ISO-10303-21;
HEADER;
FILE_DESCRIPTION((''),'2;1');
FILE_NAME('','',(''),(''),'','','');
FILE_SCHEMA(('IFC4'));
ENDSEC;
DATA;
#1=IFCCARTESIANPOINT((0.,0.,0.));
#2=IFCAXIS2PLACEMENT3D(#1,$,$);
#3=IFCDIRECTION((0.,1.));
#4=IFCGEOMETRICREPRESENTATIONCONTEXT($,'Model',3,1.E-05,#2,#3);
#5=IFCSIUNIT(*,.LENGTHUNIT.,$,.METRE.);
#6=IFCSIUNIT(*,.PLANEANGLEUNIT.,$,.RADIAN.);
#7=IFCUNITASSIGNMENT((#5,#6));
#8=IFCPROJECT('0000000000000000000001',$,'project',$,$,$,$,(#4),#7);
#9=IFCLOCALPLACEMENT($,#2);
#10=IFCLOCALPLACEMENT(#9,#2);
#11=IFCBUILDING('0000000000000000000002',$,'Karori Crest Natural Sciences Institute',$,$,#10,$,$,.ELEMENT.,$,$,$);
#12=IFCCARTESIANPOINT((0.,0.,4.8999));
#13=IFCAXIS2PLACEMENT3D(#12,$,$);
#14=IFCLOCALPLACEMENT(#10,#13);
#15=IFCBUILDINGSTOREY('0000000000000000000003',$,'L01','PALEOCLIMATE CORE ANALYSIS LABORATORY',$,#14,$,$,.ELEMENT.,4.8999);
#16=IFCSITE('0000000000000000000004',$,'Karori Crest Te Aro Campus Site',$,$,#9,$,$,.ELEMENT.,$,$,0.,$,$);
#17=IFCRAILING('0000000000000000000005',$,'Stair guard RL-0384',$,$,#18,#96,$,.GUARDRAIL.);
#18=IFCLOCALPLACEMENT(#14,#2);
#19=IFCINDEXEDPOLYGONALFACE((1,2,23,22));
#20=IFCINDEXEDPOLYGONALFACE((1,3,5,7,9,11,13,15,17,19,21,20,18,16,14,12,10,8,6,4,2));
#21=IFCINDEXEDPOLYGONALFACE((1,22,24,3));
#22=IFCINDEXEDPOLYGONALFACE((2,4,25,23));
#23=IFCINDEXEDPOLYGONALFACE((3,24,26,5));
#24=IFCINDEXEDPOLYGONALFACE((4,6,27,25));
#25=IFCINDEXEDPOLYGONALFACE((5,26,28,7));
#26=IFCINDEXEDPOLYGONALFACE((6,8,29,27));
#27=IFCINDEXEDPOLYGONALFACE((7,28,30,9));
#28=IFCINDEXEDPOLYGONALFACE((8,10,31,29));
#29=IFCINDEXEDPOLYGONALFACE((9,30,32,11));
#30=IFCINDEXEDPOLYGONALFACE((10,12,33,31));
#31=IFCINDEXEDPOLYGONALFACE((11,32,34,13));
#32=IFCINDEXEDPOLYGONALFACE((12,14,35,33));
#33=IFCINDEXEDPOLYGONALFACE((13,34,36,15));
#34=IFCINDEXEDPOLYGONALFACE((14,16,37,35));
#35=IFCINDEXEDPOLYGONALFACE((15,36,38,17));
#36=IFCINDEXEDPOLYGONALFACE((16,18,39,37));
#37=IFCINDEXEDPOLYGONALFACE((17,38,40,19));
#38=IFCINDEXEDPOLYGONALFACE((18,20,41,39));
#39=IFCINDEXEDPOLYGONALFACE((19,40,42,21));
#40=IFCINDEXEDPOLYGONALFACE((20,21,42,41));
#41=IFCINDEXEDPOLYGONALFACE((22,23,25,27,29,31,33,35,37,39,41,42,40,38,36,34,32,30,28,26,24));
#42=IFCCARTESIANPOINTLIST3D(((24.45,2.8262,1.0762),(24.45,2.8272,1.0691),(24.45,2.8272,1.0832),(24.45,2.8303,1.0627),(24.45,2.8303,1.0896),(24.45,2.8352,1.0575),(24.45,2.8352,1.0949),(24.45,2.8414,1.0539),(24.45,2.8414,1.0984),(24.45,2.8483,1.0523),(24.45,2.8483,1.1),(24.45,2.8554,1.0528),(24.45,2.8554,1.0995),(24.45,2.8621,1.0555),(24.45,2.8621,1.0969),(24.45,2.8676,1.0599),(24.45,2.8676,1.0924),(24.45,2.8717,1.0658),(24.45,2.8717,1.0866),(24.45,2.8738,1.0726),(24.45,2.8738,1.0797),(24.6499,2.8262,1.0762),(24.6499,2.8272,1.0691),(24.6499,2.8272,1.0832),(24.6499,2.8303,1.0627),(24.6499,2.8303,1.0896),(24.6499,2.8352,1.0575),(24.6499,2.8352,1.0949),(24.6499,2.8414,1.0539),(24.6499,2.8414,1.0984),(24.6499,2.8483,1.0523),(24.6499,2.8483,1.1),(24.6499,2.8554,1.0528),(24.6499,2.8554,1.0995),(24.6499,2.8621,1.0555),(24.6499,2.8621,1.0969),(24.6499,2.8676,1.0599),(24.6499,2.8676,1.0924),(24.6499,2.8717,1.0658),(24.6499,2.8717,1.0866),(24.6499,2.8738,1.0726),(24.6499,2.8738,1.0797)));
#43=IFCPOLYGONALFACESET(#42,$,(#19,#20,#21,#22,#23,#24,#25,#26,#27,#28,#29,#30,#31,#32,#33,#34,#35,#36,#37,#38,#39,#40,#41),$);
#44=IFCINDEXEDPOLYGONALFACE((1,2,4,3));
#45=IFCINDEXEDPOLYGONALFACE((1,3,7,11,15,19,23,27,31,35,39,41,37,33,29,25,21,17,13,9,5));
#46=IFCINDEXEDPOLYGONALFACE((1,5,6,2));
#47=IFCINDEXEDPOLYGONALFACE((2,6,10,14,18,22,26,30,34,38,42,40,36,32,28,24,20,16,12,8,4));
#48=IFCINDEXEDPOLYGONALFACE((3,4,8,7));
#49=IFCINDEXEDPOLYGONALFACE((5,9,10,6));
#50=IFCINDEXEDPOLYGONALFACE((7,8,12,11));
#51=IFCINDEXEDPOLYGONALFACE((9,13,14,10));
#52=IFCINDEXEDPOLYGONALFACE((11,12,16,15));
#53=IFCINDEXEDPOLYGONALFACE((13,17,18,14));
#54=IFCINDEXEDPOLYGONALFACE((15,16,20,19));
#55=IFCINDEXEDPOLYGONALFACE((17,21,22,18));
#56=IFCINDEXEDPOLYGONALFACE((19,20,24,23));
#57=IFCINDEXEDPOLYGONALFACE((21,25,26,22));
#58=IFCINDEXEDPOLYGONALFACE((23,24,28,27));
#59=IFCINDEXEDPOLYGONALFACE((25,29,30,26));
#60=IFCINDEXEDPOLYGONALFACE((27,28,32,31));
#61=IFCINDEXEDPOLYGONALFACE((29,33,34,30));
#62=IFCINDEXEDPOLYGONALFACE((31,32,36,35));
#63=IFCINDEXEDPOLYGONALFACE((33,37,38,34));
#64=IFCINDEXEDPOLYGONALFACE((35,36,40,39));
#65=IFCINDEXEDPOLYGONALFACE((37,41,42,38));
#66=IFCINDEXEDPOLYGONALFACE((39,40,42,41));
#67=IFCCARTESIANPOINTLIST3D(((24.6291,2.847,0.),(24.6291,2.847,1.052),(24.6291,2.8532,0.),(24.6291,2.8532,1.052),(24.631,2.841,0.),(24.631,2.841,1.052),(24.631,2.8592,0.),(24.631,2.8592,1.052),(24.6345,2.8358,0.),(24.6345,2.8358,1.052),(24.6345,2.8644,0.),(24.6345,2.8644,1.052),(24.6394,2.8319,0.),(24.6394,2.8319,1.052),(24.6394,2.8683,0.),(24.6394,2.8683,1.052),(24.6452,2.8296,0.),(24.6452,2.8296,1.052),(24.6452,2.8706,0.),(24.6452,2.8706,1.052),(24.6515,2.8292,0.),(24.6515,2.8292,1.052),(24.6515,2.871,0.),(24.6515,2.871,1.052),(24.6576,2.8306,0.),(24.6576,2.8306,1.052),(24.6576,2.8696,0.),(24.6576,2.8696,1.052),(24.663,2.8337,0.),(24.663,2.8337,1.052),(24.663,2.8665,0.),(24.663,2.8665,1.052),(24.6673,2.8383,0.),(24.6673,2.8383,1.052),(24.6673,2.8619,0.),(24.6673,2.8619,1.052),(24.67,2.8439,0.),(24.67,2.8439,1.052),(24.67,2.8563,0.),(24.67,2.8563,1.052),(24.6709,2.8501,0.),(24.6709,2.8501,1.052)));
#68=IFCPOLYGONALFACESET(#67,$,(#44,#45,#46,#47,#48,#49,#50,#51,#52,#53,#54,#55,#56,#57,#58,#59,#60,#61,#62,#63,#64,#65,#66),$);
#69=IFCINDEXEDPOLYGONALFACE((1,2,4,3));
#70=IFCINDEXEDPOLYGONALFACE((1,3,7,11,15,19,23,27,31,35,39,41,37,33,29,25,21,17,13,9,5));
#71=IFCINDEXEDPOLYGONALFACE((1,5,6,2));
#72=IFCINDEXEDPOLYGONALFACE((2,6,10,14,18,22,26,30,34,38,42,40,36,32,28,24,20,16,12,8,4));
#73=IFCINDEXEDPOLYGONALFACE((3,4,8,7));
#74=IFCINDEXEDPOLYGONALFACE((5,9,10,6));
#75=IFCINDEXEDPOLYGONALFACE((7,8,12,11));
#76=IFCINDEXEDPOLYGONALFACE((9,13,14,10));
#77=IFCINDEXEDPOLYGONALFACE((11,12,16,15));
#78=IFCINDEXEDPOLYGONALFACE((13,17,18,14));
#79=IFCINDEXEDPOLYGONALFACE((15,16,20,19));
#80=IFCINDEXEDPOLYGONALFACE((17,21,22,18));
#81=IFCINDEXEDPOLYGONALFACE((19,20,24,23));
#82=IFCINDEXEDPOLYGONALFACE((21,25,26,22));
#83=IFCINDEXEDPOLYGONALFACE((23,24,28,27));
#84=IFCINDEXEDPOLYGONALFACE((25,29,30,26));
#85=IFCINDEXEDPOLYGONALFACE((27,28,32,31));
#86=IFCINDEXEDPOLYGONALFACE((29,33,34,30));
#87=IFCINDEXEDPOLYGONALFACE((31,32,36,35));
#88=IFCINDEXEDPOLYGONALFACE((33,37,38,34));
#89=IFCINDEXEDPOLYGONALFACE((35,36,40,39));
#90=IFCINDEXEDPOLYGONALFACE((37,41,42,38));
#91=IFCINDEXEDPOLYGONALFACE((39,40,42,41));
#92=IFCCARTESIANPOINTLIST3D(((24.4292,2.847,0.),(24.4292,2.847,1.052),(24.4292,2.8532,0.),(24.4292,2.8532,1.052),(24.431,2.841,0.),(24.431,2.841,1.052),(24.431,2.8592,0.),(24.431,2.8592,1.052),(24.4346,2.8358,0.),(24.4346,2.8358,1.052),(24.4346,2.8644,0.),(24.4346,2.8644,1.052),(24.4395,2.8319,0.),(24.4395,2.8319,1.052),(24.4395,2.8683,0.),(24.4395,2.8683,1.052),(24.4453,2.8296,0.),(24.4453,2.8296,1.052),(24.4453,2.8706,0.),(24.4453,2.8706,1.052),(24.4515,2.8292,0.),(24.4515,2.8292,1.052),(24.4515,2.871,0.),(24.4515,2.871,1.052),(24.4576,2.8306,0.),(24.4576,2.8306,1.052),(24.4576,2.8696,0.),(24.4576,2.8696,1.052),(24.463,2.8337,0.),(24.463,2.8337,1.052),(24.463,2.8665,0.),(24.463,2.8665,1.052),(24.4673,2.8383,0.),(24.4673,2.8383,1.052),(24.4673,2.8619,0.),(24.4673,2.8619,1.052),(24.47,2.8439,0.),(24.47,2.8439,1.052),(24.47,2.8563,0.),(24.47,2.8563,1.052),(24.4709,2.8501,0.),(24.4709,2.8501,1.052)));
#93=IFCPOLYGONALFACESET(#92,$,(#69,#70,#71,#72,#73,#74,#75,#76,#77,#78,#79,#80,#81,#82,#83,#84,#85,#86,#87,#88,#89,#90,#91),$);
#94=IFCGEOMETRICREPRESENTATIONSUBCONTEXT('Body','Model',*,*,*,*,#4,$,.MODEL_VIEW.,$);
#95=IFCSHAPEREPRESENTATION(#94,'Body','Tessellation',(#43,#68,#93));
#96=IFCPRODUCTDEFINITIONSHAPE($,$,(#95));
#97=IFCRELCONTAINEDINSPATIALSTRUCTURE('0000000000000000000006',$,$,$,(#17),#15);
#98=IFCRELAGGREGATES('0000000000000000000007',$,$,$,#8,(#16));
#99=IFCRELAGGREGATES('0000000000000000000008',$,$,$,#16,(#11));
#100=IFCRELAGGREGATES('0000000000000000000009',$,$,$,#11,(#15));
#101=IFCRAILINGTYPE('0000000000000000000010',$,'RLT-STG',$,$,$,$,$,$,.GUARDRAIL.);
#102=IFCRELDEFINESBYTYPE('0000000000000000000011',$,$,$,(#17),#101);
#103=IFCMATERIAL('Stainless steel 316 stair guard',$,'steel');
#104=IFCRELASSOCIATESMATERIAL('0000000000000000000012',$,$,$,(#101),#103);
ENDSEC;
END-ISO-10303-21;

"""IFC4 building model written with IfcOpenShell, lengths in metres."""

from ifc_helpers import new_model, si_unit, direction, frame, origin, origin_2d, place, context, subcontext, project, spatial, circle, extrude, material, type_object, element, save


model = new_model("IFC4")

# Units and contexts
model_context = context("Model", 3, precision=1e-05, world=origin(), true_north=direction((0.0, 1.0)))
body_context = subcontext(model_context, "Body", "Model", "MODEL_VIEW")
ifc_project = project(units=[si_unit("LENGTHUNIT", "METRE"), si_unit("PLANEANGLEUNIT", "RADIAN")], contexts=[model_context])

# Site, building, storey
site_placement = place(None, origin())
site = spatial("IfcSite", under=ifc_project, at=site_placement, Name="Karori Crest Te Aro Campus Site", CompositionType="ELEMENT", RefElevation=0.0)
building_placement = place(site_placement, origin())
building = spatial("IfcBuilding", under=site, at=building_placement, Name="Karori Crest Natural Sciences Institute", CompositionType="ELEMENT")
storey_placement = place(building_placement, frame((0.0, 0.0, 4.8999)))
storey = spatial("IfcBuildingStorey", under=building, at=storey_placement, Name="L01", Description="PALEOCLIMATE CORE ANALYSIS LABORATORY", CompositionType="ELEMENT", Elevation=4.8999)

# Railing
ifc_material_1 = material(Name="Stainless steel 316 stair guard", Category="steel")
railing_type_1 = type_object("IfcRailingType", Name="RLT-STG", PredefinedType="GUARDRAIL", material=ifc_material_1)
railing_1_placement = place(storey_placement, frame((24.6499, 2.8501, 0.0)))
element("IfcRailing", 1, at=railing_1_placement, inside=storey, type_object=railing_type_1, Name="Stair guard RL-0384", PredefinedType="GUARDRAIL", context=body_context, shape_type="SweptSolid", body=[
    extrude(circle(Radius=0.0239, at=origin_2d()), frame((0.0, 0.0, 1.0762), z_axis=(-1.0, 0.0, 0.0), x_axis=(0.0, -1.0, 0.0)), (0.0, 0.0, 1.0), 0.2),
    extrude(circle(Radius=0.021, at=origin_2d()), origin(), (0.0, 0.0, 1.0), 1.052),
    extrude(circle(Radius=0.021, at=origin_2d()), frame((-0.2, 0.0, 0.0)), (0.0, 0.0, 1.0), 1.052),
])

save(model, "model.ifc")
